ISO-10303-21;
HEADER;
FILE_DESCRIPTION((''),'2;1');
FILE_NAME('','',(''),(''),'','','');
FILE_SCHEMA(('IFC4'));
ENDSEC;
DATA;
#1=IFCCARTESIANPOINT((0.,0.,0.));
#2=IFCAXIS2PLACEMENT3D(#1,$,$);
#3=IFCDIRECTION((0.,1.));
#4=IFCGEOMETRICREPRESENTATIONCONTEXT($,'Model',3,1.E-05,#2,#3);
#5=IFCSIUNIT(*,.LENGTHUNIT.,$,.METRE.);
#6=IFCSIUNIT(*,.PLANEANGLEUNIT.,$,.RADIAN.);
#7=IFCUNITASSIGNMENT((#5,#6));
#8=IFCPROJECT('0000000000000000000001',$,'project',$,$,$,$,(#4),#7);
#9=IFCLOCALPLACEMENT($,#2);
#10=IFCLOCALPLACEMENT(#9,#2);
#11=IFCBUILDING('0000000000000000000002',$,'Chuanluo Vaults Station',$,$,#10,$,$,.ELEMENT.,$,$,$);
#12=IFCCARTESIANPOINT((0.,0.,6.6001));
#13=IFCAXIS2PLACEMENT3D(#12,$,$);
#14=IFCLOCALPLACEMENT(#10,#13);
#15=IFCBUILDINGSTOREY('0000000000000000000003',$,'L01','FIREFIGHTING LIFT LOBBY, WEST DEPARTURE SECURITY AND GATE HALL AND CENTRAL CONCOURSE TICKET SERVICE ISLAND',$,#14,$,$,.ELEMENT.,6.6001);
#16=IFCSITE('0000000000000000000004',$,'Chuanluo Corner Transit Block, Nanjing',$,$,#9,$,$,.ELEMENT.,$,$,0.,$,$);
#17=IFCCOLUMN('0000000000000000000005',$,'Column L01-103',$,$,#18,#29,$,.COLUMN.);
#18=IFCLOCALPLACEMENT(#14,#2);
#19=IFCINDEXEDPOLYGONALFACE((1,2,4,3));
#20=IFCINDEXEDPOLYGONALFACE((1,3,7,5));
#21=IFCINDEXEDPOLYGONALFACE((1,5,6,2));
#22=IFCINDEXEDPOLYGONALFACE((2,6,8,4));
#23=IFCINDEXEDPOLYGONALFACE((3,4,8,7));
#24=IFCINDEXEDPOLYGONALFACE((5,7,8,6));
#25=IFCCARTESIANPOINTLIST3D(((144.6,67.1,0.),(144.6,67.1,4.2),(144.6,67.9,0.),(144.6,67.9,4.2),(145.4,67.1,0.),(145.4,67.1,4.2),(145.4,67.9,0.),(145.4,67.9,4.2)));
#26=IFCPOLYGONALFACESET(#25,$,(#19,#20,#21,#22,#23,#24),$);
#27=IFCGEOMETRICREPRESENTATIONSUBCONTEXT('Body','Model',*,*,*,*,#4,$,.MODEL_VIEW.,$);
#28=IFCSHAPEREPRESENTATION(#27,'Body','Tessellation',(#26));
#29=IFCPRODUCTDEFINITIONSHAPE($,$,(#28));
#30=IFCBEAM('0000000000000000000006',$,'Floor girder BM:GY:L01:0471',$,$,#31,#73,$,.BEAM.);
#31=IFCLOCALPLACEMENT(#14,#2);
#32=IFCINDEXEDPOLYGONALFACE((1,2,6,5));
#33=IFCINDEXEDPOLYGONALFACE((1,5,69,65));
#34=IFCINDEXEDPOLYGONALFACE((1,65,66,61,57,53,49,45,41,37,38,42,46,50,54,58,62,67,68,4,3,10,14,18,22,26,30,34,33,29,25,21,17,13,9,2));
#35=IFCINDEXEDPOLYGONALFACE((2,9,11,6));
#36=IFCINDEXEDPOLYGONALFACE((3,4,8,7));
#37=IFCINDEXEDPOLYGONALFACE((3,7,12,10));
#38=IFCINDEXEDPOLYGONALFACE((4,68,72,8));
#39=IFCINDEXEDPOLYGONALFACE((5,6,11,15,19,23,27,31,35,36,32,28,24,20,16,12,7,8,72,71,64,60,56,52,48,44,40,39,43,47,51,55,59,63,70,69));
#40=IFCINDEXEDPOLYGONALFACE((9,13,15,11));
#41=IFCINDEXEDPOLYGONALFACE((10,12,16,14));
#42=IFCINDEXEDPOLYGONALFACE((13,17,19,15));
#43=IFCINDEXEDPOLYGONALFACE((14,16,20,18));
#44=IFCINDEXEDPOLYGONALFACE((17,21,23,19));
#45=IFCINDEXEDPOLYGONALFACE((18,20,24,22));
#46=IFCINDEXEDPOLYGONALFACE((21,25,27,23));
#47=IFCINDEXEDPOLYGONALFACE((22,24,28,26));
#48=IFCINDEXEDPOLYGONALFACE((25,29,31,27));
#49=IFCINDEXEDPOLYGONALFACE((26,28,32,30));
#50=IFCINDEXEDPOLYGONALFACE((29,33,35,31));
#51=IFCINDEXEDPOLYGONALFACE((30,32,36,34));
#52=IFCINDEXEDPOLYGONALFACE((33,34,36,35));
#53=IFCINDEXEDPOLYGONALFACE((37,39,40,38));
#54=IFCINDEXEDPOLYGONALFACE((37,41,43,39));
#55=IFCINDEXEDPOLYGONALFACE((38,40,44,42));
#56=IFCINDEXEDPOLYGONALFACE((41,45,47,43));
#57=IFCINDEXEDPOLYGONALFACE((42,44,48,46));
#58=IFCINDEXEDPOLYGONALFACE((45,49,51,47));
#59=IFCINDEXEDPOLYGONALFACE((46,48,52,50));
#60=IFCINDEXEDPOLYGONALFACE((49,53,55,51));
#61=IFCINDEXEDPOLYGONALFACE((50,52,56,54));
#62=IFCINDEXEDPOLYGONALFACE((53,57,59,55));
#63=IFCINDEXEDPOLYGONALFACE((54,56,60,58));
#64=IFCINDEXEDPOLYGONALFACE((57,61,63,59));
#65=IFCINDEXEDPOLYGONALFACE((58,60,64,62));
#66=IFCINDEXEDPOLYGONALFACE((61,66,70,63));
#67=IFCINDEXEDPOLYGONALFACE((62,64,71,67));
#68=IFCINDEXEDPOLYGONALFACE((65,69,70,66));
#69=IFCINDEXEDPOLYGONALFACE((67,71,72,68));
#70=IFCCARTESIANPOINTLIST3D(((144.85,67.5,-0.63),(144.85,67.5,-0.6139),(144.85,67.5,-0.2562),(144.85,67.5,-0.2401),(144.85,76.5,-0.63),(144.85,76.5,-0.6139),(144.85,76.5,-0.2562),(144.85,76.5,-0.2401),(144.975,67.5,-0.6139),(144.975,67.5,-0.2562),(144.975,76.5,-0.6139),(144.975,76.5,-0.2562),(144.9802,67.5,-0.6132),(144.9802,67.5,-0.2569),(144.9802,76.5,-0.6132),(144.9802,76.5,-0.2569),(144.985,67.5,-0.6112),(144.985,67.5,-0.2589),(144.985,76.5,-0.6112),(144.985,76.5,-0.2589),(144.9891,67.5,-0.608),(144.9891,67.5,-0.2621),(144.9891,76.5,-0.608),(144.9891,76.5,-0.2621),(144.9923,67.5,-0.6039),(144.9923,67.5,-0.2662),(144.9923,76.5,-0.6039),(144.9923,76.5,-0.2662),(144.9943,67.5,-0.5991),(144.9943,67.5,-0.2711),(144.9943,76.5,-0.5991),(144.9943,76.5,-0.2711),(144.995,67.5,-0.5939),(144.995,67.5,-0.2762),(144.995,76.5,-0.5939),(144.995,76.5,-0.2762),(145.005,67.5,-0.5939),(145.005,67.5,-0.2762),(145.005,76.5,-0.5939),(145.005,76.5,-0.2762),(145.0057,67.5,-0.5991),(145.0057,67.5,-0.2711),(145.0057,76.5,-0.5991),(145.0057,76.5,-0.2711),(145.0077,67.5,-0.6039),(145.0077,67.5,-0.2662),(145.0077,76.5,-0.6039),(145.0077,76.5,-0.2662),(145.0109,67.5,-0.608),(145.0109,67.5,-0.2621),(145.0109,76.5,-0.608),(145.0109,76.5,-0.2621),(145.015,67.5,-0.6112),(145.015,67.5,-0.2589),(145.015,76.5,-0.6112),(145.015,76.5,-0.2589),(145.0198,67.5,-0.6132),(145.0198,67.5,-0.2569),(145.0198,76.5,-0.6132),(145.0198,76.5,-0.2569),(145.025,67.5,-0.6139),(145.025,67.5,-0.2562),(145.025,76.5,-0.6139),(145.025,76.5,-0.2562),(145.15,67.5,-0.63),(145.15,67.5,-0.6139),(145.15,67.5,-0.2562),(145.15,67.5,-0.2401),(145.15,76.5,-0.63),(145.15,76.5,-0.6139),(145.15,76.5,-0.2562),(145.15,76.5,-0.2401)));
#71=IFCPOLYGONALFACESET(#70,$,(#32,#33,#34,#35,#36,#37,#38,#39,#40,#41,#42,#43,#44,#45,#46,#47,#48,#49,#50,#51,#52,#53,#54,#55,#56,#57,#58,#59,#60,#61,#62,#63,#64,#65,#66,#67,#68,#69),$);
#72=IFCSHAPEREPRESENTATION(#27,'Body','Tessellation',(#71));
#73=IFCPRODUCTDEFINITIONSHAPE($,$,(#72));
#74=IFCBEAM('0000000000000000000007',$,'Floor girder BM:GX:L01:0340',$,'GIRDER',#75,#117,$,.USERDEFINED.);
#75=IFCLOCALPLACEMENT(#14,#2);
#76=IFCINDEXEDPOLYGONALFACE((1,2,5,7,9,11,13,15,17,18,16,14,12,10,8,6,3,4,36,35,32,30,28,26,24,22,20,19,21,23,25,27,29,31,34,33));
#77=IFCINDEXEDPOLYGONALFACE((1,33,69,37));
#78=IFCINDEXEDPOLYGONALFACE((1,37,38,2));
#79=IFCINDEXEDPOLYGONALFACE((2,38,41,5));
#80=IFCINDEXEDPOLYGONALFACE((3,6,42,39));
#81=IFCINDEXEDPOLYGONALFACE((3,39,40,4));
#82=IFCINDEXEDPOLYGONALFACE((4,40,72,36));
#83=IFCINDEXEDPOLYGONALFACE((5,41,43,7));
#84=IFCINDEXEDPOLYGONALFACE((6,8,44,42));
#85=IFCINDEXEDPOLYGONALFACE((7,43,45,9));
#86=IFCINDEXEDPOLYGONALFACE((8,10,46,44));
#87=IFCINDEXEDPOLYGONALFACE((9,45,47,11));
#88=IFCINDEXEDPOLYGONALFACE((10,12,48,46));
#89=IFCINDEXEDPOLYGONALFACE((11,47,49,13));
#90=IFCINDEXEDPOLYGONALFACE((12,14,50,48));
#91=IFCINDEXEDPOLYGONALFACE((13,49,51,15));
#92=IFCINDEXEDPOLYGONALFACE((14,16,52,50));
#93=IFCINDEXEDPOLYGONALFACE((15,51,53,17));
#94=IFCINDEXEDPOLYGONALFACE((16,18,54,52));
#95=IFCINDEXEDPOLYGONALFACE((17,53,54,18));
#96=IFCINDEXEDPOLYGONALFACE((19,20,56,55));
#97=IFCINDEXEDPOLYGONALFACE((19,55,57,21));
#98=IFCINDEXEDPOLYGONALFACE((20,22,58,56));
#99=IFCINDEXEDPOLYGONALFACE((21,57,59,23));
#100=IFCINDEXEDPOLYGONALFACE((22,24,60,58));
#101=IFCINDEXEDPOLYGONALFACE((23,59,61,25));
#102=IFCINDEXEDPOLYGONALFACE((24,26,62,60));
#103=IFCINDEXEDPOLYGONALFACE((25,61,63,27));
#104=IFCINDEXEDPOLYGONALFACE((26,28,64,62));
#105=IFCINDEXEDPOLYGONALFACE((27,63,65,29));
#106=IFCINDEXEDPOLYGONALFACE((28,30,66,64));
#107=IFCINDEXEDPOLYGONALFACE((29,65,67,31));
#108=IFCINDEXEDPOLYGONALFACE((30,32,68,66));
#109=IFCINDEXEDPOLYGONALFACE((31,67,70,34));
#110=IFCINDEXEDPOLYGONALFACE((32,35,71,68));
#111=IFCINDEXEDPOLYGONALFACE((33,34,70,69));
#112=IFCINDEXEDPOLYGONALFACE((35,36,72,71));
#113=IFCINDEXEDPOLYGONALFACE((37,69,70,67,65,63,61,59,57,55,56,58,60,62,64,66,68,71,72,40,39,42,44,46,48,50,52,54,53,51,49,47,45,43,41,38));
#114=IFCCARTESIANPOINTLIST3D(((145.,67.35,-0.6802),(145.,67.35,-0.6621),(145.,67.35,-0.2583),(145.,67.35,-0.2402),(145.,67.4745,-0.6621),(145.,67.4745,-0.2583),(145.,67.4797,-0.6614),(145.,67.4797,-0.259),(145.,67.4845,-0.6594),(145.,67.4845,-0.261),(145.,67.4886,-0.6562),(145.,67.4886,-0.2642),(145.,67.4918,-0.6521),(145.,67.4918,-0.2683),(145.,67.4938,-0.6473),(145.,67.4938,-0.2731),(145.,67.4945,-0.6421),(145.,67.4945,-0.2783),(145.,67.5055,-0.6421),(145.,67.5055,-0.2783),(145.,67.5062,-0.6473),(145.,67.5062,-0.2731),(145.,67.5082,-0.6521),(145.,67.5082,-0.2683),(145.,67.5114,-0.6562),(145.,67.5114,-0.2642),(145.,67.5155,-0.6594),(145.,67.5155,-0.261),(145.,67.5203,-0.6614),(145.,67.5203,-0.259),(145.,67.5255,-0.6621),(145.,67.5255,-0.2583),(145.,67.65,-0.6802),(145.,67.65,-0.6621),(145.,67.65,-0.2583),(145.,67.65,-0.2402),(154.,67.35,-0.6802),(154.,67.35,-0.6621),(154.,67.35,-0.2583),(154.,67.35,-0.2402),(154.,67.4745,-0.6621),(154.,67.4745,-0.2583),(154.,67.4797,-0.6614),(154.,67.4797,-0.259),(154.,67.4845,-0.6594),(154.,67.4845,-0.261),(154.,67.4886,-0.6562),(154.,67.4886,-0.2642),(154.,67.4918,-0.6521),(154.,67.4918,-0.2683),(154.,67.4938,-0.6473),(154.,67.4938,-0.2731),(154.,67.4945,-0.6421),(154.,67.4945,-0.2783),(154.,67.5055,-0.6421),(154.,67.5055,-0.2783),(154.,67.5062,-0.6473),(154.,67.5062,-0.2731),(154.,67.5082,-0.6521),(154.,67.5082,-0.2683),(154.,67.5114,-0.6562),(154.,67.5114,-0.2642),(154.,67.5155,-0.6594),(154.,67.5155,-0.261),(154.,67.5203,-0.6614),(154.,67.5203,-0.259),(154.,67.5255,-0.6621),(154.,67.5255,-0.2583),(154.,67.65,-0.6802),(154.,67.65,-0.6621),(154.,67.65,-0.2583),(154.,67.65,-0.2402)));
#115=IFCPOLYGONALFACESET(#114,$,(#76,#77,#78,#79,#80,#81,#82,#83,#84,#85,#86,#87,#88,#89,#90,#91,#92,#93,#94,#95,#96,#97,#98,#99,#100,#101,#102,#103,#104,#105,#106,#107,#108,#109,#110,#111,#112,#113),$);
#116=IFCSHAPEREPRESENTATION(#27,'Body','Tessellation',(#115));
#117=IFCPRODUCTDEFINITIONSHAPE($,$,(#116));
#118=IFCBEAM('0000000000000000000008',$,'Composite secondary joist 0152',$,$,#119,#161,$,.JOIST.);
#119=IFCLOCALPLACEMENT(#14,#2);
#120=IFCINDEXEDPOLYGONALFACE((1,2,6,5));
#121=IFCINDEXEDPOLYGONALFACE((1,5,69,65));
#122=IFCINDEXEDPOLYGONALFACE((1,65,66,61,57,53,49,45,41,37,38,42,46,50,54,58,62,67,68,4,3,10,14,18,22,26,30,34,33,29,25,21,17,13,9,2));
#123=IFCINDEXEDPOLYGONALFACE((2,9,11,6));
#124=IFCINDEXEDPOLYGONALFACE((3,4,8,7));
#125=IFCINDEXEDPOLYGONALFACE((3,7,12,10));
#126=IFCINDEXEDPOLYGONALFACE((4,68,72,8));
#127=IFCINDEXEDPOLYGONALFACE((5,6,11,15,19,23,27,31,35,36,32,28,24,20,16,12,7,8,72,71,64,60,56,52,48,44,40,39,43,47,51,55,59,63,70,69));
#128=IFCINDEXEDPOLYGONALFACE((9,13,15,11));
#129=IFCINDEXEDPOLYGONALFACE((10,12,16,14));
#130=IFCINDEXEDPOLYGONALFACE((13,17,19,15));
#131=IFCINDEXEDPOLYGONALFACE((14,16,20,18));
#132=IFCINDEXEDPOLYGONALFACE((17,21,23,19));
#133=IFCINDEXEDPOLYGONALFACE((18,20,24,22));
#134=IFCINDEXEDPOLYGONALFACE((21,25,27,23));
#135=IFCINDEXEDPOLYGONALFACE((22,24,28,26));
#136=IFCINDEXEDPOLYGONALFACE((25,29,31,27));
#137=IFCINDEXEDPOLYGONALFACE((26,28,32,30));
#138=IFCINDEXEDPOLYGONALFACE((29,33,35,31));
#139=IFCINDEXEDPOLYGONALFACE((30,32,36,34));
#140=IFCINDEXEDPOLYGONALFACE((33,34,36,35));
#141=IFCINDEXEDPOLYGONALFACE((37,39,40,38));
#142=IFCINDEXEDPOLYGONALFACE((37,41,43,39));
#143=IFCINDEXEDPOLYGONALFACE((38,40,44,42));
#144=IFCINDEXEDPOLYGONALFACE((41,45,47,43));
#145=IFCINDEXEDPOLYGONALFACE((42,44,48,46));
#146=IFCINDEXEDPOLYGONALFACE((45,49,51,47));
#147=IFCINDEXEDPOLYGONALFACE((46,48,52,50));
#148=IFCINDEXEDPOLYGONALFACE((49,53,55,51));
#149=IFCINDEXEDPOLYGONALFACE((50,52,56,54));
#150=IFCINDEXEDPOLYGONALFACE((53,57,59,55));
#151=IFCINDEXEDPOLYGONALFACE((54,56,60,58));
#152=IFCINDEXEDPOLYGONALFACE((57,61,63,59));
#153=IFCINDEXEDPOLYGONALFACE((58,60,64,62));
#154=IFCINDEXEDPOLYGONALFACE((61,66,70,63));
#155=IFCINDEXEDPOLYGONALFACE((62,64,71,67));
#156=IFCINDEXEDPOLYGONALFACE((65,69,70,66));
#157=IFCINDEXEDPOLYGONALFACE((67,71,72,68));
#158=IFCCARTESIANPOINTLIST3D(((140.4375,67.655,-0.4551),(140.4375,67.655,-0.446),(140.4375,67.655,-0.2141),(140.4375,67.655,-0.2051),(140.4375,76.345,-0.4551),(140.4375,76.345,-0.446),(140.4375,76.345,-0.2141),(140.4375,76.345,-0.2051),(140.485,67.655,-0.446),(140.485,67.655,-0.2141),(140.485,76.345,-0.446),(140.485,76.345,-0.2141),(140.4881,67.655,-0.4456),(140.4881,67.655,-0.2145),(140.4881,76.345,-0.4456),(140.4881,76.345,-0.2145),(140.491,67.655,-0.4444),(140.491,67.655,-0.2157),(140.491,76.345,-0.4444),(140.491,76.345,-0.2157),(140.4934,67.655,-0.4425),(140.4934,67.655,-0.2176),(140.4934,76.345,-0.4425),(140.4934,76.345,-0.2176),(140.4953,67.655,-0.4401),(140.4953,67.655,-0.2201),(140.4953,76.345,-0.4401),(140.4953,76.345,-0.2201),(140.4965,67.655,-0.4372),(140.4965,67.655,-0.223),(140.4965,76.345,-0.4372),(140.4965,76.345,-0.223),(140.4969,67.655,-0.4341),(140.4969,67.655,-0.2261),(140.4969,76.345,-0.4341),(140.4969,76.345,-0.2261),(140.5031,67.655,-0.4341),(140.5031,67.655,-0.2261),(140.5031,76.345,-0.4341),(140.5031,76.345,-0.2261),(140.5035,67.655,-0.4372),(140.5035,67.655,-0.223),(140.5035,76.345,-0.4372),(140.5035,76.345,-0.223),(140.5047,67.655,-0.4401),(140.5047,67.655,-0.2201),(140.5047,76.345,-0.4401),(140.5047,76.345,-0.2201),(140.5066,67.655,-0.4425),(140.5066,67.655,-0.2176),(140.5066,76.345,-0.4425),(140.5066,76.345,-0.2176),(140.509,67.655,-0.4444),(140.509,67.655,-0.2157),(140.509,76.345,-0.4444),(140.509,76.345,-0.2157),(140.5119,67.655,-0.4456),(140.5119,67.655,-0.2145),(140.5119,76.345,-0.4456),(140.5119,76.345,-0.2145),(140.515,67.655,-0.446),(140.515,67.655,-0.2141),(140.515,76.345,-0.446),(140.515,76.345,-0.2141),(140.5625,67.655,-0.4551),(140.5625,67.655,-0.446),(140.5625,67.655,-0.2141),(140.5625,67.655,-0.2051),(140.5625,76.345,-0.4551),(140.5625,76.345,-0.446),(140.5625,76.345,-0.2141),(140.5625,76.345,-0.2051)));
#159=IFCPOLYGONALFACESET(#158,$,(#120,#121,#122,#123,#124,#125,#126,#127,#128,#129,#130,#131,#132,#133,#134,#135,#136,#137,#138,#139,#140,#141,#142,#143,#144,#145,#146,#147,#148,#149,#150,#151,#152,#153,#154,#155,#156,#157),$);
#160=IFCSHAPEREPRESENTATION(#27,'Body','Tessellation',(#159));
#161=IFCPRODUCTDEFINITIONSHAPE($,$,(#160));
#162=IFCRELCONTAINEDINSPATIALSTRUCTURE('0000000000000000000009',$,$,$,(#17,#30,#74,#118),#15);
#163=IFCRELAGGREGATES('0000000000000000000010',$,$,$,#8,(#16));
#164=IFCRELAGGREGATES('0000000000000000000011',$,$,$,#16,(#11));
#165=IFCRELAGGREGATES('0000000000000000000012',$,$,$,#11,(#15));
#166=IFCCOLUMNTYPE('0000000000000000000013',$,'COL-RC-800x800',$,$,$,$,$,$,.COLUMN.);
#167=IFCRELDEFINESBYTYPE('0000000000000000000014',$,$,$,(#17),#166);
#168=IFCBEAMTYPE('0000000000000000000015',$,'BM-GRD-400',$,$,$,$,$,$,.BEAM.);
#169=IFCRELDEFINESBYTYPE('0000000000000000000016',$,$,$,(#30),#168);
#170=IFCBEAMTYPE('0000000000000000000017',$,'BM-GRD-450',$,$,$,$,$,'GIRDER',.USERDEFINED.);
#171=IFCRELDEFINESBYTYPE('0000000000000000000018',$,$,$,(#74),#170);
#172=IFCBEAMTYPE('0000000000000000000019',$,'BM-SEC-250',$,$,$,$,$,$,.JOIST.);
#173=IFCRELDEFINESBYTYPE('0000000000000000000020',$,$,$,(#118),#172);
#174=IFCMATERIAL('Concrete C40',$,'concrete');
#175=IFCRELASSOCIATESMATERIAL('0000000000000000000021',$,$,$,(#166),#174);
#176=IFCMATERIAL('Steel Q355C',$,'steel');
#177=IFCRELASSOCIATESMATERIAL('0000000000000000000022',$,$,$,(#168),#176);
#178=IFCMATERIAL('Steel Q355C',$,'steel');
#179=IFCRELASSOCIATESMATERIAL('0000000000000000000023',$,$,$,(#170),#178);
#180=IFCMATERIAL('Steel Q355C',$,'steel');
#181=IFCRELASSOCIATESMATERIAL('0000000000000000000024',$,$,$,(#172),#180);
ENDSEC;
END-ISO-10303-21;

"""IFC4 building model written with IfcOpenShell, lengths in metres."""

from ifc_helpers import new_model, si_unit, direction, frame, origin, origin_2d, place, context, subcontext, project, spatial, rectangle, i_section, extrude, material, material_profile, profile_set, type_object, element, save


model = new_model("IFC4")

# Units and contexts
model_context = context("Model", 3, precision=1e-05, world=origin(), true_north=direction((0.0, 1.0)))
body_context = subcontext(model_context, "Body", "Model", "MODEL_VIEW")
ifc_project = project(units=[si_unit("LENGTHUNIT", "METRE"), si_unit("PLANEANGLEUNIT", "RADIAN")], contexts=[model_context])

# Site, building, storey
site_placement = place(None, origin())
site = spatial("IfcSite", under=ifc_project, at=site_placement, Name="Chuanluo Corner Transit Block, Nanjing", CompositionType="ELEMENT", RefElevation=0.0)
building_placement = place(site_placement, origin())
building = spatial("IfcBuilding", under=site, at=building_placement, Name="Chuanluo Vaults Station", CompositionType="ELEMENT")
storey_placement = place(building_placement, frame((0.0, 0.0, 6.6001)))
storey = spatial("IfcBuildingStorey", under=building, at=storey_placement, Name="L01", Description="FIREFIGHTING LIFT LOBBY, WEST DEPARTURE SECURITY AND GATE HALL AND CENTRAL CONCOURSE TICKET SERVICE ISLAND", CompositionType="ELEMENT", Elevation=6.6001)

# Column
ifc_material_1 = material(Name="Concrete C40", Category="concrete")
ifc_material_profile_1 = material_profile(ifc_material_1, rectangle(XDim=0.8, YDim=0.8, at=origin_2d()))
ifc_profile_set_1 = profile_set([ifc_material_profile_1], Name="Concrete C40")
column_type = type_object("IfcColumnType", Name="COL-RC-800x800", PredefinedType="COLUMN", material=ifc_profile_set_1)
column_placement = place(storey_placement, frame((145.0, 67.5, 0.0), z_axis=(0.0, 0.0, 1.0), x_axis=(1.0, 0.0, 0.0)))
element("IfcColumn", 1, at=column_placement, inside=storey, type_object=column_type, Name="Column L01-103", PredefinedType="COLUMN", context=body_context, shape_type="SweptSolid", body=[
    extrude(rectangle(XDim=0.8, YDim=0.8, at=origin_2d()), origin(), (0.0, 0.0, 1.0), 4.2),
])

# Beams
ifc_material_2 = material(Name="Steel Q355C", Category="steel")
ifc_material_profile_2 = material_profile(ifc_material_2, i_section(OverallWidth=0.3, OverallDepth=0.3899, WebThickness=0.01, FlangeThickness=0.0161, FilletRadius=0.02, at=origin_2d()))
ifc_profile_set_2 = profile_set([ifc_material_profile_2], Name="Steel Q355C")
beam_type_1 = type_object("IfcBeamType", Name="BM-GRD-400", PredefinedType="BEAM", material=ifc_profile_set_2)
beam_1_placement = place(storey_placement, frame((145.0, 67.5, -0.4351), z_axis=(0.0, 1.0, 0.0), x_axis=(-1.0, 0.0, 0.0)))
element("IfcBeam", 2, at=beam_1_placement, inside=storey, type_object=beam_type_1, Name="Floor girder BM:GY:L01:0471", PredefinedType="BEAM", context=body_context, shape_type="SweptSolid", body=[
    extrude(i_section(OverallWidth=0.3, OverallDepth=0.3899, WebThickness=0.01, FlangeThickness=0.0161, FilletRadius=0.02, at=origin_2d()), origin(), (0.0, 0.0, 1.0), 9.0),
])
ifc_material_3 = material(Name="Steel Q355C", Category="steel")
ifc_material_profile_3 = material_profile(ifc_material_3, i_section(OverallWidth=0.3, OverallDepth=0.4399, WebThickness=0.011, FlangeThickness=0.0181, FilletRadius=0.02, at=origin_2d()))
ifc_profile_set_3 = profile_set([ifc_material_profile_3], Name="Steel Q355C")
beam_type_2 = type_object("IfcBeamType", Name="BM-GRD-450", ElementType="GIRDER", PredefinedType="USERDEFINED", material=ifc_profile_set_3)
beam_2_placement = place(storey_placement, frame((145.0, 67.5, -0.4602), z_axis=(1.0, 0.0, 0.0), x_axis=(0.0, 1.0, 0.0)))
element("IfcBeam", 3, at=beam_2_placement, inside=storey, type_object=beam_type_2, Name="Floor girder BM:GX:L01:0340", ObjectType="GIRDER", PredefinedType="USERDEFINED", context=body_context, shape_type="SweptSolid", body=[
    extrude(i_section(OverallWidth=0.3, OverallDepth=0.4399, WebThickness=0.011, FlangeThickness=0.0181, FilletRadius=0.02, at=origin_2d()), origin(), (0.0, 0.0, 1.0), 9.0),
])
ifc_material_4 = material(Name="Steel Q355C", Category="steel")
ifc_material_profile_4 = material_profile(ifc_material_4, i_section(OverallWidth=0.125, OverallDepth=0.25, WebThickness=0.0061, FlangeThickness=0.009, FilletRadius=0.012, at=origin_2d()))
ifc_profile_set_4 = profile_set([ifc_material_profile_4], Name="Steel Q355C")
beam_type_3 = type_object("IfcBeamType", Name="BM-SEC-250", PredefinedType="JOIST", material=ifc_profile_set_4)
for number, where, z_axis, x_axis, name in (
    (4, (140.5, 67.655, -0.3301), (0.0, 1.0, 0.0), (-1.0, 0.0, 0.0), "Composite secondary joist 0152"),
):
    element("IfcBeam", number, at=place(storey_placement, frame(where, z_axis=z_axis, x_axis=x_axis)), inside=storey, type_object=beam_type_3, Name=name, PredefinedType="JOIST", context=body_context, shape_type="SweptSolid", body=[
        extrude(i_section(OverallWidth=0.125, OverallDepth=0.25, WebThickness=0.0061, FlangeThickness=0.009, FilletRadius=0.012, at=origin_2d()), origin(), (0.0, 0.0, 1.0), 8.6899),
    ])

save(model, "model.ifc")
